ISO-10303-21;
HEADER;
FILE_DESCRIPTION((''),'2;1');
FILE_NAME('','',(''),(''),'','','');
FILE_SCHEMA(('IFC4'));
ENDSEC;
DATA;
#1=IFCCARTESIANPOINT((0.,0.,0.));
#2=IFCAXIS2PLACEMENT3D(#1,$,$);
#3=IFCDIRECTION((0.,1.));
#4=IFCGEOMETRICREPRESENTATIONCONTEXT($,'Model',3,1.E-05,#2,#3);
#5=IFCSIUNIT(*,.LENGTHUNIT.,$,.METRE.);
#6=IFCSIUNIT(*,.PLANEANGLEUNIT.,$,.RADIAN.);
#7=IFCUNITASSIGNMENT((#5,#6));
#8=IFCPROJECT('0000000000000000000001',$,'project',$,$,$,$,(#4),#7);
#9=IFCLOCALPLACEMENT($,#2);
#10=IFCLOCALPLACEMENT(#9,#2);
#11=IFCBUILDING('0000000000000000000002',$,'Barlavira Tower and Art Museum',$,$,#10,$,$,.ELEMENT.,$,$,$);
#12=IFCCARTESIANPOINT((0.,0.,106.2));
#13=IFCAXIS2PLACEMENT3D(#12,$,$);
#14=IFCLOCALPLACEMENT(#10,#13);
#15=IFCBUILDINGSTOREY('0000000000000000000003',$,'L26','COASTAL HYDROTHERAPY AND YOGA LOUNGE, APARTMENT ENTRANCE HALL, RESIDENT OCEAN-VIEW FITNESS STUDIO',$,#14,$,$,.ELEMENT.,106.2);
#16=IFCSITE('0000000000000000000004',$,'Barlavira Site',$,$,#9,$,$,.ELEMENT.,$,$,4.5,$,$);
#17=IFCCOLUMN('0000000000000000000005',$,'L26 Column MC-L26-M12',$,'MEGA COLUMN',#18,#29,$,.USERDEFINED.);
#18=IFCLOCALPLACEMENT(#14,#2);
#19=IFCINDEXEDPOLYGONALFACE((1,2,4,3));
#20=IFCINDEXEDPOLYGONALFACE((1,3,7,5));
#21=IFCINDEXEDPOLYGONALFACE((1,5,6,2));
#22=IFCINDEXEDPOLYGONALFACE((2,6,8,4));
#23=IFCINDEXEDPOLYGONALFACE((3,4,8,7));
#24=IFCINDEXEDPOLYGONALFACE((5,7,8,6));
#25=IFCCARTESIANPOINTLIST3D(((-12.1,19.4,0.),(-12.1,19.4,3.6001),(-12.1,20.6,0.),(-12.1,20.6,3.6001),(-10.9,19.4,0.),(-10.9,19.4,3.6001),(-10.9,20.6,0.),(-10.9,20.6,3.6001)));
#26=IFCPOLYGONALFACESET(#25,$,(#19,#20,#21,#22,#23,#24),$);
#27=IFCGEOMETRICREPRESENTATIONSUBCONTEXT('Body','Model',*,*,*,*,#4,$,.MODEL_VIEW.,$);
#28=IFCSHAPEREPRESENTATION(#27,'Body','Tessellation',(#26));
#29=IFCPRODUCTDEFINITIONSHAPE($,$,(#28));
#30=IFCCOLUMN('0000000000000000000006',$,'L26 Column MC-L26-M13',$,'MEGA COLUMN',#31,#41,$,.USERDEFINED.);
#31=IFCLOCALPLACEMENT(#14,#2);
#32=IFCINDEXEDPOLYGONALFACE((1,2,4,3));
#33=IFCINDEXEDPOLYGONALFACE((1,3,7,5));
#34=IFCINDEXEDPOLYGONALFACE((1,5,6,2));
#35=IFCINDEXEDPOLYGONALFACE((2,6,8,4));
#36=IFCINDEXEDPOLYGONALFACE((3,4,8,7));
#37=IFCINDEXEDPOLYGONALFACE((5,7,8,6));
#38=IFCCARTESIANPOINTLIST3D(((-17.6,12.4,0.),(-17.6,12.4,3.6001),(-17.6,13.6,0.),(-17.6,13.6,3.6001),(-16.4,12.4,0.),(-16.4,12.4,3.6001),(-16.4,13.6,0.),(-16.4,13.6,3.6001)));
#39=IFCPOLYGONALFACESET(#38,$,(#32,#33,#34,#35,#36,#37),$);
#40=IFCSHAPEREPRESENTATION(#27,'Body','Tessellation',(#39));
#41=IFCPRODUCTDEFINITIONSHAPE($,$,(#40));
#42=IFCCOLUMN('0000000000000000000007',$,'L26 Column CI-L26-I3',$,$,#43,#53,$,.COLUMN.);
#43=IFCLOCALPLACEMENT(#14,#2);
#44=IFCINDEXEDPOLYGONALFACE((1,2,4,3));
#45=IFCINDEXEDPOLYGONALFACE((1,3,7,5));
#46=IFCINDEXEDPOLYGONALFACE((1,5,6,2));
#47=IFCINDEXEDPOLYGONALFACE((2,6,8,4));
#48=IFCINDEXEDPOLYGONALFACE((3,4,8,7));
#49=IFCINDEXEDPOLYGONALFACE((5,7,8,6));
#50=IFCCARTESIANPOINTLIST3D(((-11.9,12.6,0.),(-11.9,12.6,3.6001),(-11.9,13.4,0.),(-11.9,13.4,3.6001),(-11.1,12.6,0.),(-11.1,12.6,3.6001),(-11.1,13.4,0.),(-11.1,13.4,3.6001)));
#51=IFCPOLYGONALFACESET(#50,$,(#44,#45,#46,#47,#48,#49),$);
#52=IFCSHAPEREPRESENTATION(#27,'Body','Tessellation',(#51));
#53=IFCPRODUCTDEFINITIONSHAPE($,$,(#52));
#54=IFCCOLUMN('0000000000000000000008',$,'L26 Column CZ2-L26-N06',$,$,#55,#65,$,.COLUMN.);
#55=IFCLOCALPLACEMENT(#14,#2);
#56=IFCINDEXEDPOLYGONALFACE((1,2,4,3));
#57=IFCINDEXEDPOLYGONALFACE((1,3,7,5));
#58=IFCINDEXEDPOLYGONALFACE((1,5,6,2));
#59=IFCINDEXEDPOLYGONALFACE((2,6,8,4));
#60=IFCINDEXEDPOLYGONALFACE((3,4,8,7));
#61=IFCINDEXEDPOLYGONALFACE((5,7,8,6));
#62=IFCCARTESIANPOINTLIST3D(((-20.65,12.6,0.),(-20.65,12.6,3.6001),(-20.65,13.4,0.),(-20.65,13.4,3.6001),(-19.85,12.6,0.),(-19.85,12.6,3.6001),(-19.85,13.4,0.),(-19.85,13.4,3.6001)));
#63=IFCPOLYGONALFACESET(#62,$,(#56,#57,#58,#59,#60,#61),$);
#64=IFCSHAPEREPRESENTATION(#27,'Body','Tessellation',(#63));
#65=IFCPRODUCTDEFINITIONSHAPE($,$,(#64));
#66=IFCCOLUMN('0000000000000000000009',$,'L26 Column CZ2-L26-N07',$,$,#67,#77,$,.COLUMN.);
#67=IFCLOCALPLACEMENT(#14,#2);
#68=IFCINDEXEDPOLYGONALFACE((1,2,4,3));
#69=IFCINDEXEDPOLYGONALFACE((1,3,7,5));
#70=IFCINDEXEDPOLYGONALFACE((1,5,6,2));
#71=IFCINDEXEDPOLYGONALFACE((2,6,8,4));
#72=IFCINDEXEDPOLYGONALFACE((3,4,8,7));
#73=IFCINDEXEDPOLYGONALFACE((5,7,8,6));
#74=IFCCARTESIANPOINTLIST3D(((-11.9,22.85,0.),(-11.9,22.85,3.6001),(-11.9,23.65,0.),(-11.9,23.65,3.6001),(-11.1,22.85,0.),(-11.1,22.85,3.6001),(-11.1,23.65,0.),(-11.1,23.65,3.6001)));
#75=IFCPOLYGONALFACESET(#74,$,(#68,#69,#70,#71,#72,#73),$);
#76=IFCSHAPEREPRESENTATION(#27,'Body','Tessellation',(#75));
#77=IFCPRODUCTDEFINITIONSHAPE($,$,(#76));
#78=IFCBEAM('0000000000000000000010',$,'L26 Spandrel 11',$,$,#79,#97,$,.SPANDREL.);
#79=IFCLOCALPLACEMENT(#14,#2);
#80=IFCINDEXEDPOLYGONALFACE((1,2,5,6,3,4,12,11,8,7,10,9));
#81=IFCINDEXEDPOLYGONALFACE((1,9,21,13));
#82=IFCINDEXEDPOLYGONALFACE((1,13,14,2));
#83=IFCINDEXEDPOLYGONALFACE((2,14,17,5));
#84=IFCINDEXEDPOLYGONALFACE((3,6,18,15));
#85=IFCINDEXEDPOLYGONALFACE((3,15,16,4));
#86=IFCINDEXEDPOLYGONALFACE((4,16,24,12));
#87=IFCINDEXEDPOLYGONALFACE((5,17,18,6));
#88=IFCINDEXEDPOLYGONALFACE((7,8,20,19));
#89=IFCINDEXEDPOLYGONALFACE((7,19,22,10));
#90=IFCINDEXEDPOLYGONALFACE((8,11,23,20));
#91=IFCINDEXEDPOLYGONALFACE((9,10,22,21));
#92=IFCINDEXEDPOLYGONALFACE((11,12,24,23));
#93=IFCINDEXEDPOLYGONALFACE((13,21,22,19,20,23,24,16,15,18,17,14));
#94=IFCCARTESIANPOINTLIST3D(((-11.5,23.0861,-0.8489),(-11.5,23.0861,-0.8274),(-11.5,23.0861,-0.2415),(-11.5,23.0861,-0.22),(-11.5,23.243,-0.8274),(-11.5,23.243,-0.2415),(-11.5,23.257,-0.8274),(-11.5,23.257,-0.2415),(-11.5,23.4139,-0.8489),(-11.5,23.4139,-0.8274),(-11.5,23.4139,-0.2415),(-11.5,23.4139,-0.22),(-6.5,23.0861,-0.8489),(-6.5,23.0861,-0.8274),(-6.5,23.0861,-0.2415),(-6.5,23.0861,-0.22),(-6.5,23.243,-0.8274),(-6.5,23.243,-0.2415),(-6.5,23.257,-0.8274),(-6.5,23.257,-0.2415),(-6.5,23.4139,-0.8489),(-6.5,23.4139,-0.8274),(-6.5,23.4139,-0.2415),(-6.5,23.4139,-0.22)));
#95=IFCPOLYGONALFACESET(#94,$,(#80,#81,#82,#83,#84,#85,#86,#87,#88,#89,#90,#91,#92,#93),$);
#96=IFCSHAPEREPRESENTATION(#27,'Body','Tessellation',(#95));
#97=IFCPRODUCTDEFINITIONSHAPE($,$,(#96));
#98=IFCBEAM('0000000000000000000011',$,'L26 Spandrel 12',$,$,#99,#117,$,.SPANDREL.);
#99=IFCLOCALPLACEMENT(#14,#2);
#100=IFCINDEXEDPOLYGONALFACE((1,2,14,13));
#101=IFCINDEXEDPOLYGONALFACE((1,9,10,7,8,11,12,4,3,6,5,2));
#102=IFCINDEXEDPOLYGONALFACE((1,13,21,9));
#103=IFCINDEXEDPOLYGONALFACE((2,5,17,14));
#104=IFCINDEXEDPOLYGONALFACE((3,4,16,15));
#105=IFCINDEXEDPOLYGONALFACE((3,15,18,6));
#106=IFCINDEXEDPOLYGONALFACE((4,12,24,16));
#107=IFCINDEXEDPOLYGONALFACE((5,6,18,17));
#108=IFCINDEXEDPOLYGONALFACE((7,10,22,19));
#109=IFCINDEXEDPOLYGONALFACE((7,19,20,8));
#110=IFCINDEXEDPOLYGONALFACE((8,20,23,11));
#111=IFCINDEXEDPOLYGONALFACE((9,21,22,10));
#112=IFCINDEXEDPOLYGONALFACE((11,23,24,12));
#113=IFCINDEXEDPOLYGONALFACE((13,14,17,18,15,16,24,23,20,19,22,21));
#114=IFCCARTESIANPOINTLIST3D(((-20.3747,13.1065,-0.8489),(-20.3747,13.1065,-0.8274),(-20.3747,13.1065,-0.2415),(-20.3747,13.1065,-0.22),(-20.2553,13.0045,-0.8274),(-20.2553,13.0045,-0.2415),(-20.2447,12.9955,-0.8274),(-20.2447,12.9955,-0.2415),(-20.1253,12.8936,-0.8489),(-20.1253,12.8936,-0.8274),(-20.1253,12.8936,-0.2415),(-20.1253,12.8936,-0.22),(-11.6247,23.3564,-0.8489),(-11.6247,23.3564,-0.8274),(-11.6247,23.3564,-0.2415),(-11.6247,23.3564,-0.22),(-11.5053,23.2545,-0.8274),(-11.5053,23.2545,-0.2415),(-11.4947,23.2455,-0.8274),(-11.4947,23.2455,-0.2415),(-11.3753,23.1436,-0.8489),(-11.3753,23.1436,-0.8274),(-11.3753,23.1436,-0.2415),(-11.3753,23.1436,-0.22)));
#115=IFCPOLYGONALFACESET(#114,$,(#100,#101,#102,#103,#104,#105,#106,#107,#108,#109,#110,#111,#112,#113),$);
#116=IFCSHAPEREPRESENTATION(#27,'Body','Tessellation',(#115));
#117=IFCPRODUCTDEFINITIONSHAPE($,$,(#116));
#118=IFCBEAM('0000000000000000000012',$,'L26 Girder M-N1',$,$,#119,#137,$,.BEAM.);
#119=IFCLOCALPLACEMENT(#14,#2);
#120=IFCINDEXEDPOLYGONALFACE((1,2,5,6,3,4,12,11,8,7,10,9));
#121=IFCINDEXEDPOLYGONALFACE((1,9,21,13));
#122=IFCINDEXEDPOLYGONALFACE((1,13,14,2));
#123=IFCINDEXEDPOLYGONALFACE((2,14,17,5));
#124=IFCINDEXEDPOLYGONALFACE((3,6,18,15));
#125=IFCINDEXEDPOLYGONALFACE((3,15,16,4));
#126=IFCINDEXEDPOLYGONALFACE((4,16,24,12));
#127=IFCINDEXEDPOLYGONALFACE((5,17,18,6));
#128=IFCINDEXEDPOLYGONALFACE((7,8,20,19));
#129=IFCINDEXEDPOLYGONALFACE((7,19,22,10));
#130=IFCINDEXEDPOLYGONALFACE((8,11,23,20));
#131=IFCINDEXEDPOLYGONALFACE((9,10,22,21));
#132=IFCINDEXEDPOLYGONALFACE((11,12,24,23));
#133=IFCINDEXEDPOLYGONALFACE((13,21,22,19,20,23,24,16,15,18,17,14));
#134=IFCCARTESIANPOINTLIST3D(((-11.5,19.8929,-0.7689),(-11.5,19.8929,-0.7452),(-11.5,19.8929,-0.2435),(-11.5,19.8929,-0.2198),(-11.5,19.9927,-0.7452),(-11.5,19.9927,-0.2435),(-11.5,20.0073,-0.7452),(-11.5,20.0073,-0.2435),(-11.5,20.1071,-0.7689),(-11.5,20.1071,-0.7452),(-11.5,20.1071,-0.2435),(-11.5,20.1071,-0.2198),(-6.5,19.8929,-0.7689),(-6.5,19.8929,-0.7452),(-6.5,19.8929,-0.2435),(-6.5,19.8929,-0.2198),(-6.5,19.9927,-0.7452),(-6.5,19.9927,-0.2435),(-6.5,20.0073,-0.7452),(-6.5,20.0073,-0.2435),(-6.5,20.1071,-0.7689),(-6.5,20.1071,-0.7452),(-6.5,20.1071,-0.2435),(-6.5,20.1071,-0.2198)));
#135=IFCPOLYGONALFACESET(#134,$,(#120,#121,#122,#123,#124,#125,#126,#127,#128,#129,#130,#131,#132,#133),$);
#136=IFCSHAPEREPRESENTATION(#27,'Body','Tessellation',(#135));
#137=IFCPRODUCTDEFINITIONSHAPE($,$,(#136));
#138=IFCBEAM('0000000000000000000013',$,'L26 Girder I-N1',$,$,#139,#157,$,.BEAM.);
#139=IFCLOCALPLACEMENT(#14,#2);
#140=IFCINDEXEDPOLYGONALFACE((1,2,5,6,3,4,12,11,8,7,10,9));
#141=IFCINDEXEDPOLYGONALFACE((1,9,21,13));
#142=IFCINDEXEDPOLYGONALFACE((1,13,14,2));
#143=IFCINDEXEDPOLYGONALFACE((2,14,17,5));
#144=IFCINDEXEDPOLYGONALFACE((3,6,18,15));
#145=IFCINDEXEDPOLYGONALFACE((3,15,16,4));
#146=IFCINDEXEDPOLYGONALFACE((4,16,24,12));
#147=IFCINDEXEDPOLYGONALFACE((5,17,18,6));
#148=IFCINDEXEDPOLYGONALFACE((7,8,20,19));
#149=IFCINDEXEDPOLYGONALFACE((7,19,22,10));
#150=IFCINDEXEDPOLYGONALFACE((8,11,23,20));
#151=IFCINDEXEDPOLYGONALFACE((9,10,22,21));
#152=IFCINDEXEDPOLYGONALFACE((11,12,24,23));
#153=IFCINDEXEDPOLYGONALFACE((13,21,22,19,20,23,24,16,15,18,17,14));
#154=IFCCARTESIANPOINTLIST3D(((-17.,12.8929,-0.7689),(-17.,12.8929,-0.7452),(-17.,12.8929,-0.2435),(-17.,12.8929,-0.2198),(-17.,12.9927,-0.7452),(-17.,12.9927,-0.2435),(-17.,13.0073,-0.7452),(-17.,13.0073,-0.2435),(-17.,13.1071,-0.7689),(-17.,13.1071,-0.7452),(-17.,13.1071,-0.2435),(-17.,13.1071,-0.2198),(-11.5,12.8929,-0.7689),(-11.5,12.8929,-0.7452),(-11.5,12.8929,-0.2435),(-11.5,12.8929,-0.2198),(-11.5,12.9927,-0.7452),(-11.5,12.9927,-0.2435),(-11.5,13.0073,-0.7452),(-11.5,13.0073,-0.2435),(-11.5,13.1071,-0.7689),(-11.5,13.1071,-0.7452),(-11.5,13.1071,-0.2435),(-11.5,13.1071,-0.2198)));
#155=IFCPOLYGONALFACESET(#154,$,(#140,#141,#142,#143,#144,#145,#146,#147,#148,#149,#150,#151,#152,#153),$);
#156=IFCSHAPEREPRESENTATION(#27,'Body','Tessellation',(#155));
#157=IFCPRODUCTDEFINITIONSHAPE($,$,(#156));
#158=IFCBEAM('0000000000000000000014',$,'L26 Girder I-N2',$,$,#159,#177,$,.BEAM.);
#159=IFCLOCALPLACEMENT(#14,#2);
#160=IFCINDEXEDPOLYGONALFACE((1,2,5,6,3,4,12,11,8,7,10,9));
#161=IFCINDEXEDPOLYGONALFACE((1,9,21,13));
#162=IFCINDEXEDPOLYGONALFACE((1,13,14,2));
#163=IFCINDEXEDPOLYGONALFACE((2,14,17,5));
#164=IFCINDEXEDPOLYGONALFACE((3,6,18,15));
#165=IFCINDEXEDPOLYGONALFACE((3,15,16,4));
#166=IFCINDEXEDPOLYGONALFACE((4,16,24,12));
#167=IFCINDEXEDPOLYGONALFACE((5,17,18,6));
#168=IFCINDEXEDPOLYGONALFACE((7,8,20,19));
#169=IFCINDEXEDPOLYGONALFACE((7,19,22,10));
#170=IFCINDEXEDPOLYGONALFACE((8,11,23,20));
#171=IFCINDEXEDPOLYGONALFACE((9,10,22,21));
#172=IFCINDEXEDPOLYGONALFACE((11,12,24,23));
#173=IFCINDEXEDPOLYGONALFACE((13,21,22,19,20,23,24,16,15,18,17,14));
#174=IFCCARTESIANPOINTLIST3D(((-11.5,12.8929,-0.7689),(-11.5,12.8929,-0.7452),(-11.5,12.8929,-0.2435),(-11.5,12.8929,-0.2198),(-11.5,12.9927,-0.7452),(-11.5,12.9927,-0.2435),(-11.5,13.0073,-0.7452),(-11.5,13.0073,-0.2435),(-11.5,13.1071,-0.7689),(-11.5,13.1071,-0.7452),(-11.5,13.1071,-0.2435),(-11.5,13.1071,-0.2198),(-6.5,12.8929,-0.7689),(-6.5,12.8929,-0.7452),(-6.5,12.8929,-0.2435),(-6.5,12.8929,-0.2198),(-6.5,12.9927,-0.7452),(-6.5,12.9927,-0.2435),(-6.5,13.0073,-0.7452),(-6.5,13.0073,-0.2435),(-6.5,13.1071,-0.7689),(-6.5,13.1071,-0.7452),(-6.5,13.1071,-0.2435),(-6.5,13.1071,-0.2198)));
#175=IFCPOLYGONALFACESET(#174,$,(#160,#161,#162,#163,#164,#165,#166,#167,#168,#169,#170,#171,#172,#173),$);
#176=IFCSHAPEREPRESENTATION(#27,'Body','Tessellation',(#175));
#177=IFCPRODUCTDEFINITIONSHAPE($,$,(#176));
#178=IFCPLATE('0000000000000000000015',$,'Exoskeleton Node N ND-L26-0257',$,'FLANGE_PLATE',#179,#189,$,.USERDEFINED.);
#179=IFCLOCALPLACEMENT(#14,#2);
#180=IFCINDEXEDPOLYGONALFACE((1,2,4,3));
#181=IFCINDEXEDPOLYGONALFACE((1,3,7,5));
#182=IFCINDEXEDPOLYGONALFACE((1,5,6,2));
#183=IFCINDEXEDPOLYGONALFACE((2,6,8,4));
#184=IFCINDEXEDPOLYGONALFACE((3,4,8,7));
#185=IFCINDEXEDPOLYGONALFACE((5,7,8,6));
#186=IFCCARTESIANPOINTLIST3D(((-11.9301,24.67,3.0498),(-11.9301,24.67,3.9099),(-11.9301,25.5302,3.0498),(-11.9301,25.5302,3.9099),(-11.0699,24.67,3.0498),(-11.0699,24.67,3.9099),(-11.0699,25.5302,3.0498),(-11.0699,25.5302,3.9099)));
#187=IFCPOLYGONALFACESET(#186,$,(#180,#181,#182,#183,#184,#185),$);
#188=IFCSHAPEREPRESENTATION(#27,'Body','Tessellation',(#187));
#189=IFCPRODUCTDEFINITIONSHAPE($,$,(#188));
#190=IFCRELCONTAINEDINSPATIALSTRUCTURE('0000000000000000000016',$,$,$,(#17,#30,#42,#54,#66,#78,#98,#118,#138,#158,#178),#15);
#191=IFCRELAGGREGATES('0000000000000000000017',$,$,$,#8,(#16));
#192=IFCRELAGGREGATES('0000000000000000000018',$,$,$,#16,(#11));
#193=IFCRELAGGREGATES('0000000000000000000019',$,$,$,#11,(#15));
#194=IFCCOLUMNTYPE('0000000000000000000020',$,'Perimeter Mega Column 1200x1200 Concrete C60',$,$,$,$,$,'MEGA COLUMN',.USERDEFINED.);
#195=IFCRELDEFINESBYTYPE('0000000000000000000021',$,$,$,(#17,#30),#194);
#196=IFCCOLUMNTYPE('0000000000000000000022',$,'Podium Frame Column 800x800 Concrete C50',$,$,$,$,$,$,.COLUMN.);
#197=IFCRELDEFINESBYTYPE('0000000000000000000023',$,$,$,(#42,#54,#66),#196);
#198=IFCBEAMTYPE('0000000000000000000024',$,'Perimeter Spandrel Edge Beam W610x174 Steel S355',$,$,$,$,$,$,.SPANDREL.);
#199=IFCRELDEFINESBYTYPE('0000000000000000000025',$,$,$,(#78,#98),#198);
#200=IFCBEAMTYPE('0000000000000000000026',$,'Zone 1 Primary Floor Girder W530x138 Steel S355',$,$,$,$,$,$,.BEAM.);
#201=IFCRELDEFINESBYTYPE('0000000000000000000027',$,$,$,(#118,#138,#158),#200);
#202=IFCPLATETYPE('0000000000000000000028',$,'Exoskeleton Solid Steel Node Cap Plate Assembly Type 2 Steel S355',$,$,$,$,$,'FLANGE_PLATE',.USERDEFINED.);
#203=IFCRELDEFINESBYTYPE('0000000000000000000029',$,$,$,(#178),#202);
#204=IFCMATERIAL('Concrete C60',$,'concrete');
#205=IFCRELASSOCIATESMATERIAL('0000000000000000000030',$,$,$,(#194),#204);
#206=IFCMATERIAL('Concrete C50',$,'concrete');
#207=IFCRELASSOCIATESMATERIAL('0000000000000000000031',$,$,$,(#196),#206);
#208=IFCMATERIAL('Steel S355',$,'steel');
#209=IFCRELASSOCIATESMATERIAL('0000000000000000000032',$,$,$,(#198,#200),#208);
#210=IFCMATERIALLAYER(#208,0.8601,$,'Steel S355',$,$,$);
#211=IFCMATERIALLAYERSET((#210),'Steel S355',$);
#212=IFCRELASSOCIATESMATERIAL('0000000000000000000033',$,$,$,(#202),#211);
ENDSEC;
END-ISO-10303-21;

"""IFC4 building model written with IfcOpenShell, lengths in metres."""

from ifc_helpers import new_model, si_unit, direction, frame, origin, origin_2d, place, context, subcontext, project, spatial, rectangle, i_section, extrude, material, layer, layer_set, material_profile, profile_set, type_object, element, save


model = new_model("IFC4")

# Units and contexts
model_context = context("Model", 3, precision=1e-05, world=origin(), true_north=direction((0.0, 1.0)))
body_context = subcontext(model_context, "Body", "Model", "MODEL_VIEW")
ifc_project = project(units=[si_unit("LENGTHUNIT", "METRE"), si_unit("PLANEANGLEUNIT", "RADIAN")], contexts=[model_context])

# Site, building, storey
site_placement = place(None, origin())
site = spatial("IfcSite", under=ifc_project, at=site_placement, Name="Barlavira Site", CompositionType="ELEMENT", RefElevation=4.5)
building_placement = place(site_placement, origin())
building = spatial("IfcBuilding", under=site, at=building_placement, Name="Barlavira Tower and Art Museum", CompositionType="ELEMENT")
storey_placement = place(building_placement, frame((0.0, 0.0, 106.2)))
storey = spatial("IfcBuildingStorey", under=building, at=storey_placement, Name="L26", Description="COASTAL HYDROTHERAPY AND YOGA LOUNGE, APARTMENT ENTRANCE HALL, RESIDENT OCEAN-VIEW FITNESS STUDIO", CompositionType="ELEMENT", Elevation=106.2)

# Columns
ifc_material_1 = material(Name="Concrete C60", Category="concrete")
ifc_material_profile_1 = material_profile(ifc_material_1, rectangle(XDim=1.2, YDim=1.2, at=origin_2d()), Name="RC-COL 1200x1200")
ifc_profile_set_1 = profile_set([ifc_material_profile_1], Name="Concrete C60")
column_type_1 = type_object("IfcColumnType", Name="Perimeter Mega Column 1200x1200 Concrete C60", ElementType="MEGA COLUMN", PredefinedType="USERDEFINED", material=ifc_profile_set_1)
for number, where, z_axis, x_axis, name in (
    (1, (-11.5, 20.0, 0.0), (0.0, 0.0, 1.0), (1.0, 0.0, 0.0), "L26 Column MC-L26-M12"),
    (2, (-17.0, 13.0, 0.0), (0.0, 0.0, 1.0), (1.0, 0.0, 0.0), "L26 Column MC-L26-M13"),
):
    element("IfcColumn", number, at=place(storey_placement, frame(where, z_axis=z_axis, x_axis=x_axis)), inside=storey, type_object=column_type_1, Name=name, ObjectType="MEGA COLUMN", PredefinedType="USERDEFINED", context=body_context, shape_type="SweptSolid", body=[
        extrude(rectangle(XDim=1.2, YDim=1.2, at=origin_2d()), origin(), (0.0, 0.0, 1.0), 3.6001),
    ])
ifc_material_2 = material(Name="Concrete C50", Category="concrete")
ifc_material_profile_2 = material_profile(ifc_material_2, rectangle(XDim=0.8, YDim=0.8, at=origin_2d()), Name="RC-COL 800x800")
ifc_profile_set_2 = profile_set([ifc_material_profile_2], Name="Concrete C50")
column_type_2 = type_object("IfcColumnType", Name="Podium Frame Column 800x800 Concrete C50", PredefinedType="COLUMN", material=ifc_profile_set_2)
for number, where, z_axis, x_axis, name in (
    (3, (-11.5, 13.0, 0.0), (0.0, 0.0, 1.0), (1.0, 0.0, 0.0), "L26 Column CI-L26-I3"),
    (4, (-20.25, 13.0, 0.0), (0.0, 0.0, 1.0), (1.0, 0.0, 0.0), "L26 Column CZ2-L26-N06"),
    (5, (-11.5, 23.25, 0.0), (0.0, 0.0, 1.0), (1.0, 0.0, 0.0), "L26 Column CZ2-L26-N07"),
):
    element("IfcColumn", number, at=place(storey_placement, frame(where, z_axis=z_axis, x_axis=x_axis)), inside=storey, type_object=column_type_2, Name=name, PredefinedType="COLUMN", context=body_context, shape_type="SweptSolid", body=[
        extrude(rectangle(XDim=0.8, YDim=0.8, at=origin_2d()), origin(), (0.0, 0.0, 1.0), 3.6001),
    ])

# Beams
ifc_material_3 = material(Name="Steel S355", Category="steel")
ifc_material_profile_3 = material_profile(ifc_material_3, i_section(OverallWidth=0.3279, OverallDepth=0.6289, WebThickness=0.0139, FlangeThickness=0.0215, at=origin_2d()), Name="W610x174.0")
ifc_profile_set_3 = profile_set([ifc_material_profile_3], Name="Steel S355")
beam_type_1 = type_object("IfcBeamType", Name="Perimeter Spandrel Edge Beam W610x174 Steel S355", PredefinedType="SPANDREL", material=ifc_profile_set_3)
beam_1_placement = place(storey_placement, frame((-11.5, 23.25, -0.5344), z_axis=(1.0, 0.0, 0.0), x_axis=(0.0, 1.0, 0.0)))
element("IfcBeam", 6, at=beam_1_placement, inside=storey, type_object=beam_type_1, Name="L26 Spandrel 11", PredefinedType="SPANDREL", context=body_context, shape_type="SweptSolid", body=[
    extrude(i_section(OverallWidth=0.3279, OverallDepth=0.6289, WebThickness=0.0139, FlangeThickness=0.0215, at=origin_2d()), origin(), (0.0, 0.0, 1.0), 5.0),
])
beam_2_placement = place(storey_placement, frame((-11.5, 23.25, -0.5344), z_axis=(-0.649262, -0.760565, 0.0), x_axis=(0.760565, -0.649262, 0.0)))
element("IfcBeam", 7, at=beam_2_placement, inside=storey, type_object=beam_type_1, Name="L26 Spandrel 12", PredefinedType="SPANDREL", context=body_context, shape_type="SweptSolid", body=[
    extrude(i_section(OverallWidth=0.3279, OverallDepth=0.6289, WebThickness=0.0139, FlangeThickness=0.0215, at=origin_2d()), origin(), (0.0, 0.0, 1.0), 13.4768),
])
ifc_material_profile_4 = material_profile(ifc_material_3, i_section(OverallWidth=0.2141, OverallDepth=0.5491, WebThickness=0.0146, FlangeThickness=0.0237, at=origin_2d()), Name="W530x138.0")
ifc_profile_set_4 = profile_set([ifc_material_profile_4], Name="Steel S355")
beam_type_2 = type_object("IfcBeamType", Name="Zone 1 Primary Floor Girder W530x138 Steel S355", PredefinedType="BEAM", material=ifc_profile_set_4)
beam_3_placement = place(storey_placement, frame((-11.5, 20.0, -0.4944), z_axis=(1.0, 0.0, 0.0), x_axis=(0.0, 1.0, 0.0)))
element("IfcBeam", 8, at=beam_3_placement, inside=storey, type_object=beam_type_2, Name="L26 Girder M-N1", PredefinedType="BEAM", context=body_context, shape_type="SweptSolid", body=[
    extrude(i_section(OverallWidth=0.2141, OverallDepth=0.5491, WebThickness=0.0146, FlangeThickness=0.0237, at=origin_2d()), origin(), (0.0, 0.0, 1.0), 5.0),
])
beam_4_placement = place(storey_placement, frame((-17.0, 13.0, -0.4944), z_axis=(1.0, 0.0, 0.0), x_axis=(0.0, 1.0, 0.0)))
element("IfcBeam", 9, at=beam_4_placement, inside=storey, type_object=beam_type_2, Name="L26 Girder I-N1", PredefinedType="BEAM", context=body_context, shape_type="SweptSolid", body=[
    extrude(i_section(OverallWidth=0.2141, OverallDepth=0.5491, WebThickness=0.0146, FlangeThickness=0.0237, at=origin_2d()), origin(), (0.0, 0.0, 1.0), 5.5),
])
beam_5_placement = place(storey_placement, frame((-11.5, 13.0, -0.4944), z_axis=(1.0, 0.0, 0.0), x_axis=(0.0, 1.0, 0.0)))
element("IfcBeam", 10, at=beam_5_placement, inside=storey, type_object=beam_type_2, Name="L26 Girder I-N2", PredefinedType="BEAM", context=body_context, shape_type="SweptSolid", body=[
    extrude(i_section(OverallWidth=0.2141, OverallDepth=0.5491, WebThickness=0.0146, FlangeThickness=0.0237, at=origin_2d()), origin(), (0.0, 0.0, 1.0), 5.0),
])

# Plate
ifc_layer_1 = layer(ifc_material_3, 0.8601, Name="Steel S355")
ifc_layer_set_1 = layer_set([ifc_layer_1], Name="Steel S355")
plate_type = type_object("IfcPlateType", Name="Exoskeleton Solid Steel Node Cap Plate Assembly Type 2 Steel S355", ElementType="FLANGE_PLATE", PredefinedType="USERDEFINED", material=ifc_layer_set_1)
for number, where, z_axis, x_axis, name in (
    (11, (-11.5, 25.1001, 3.0498), (0.0, 0.0, 1.0), (1.0, 0.0, 0.0), "Exoskeleton Node N ND-L26-0257"),
):
    element("IfcPlate", number, at=place(storey_placement, frame(where, z_axis=z_axis, x_axis=x_axis)), inside=storey, type_object=plate_type, Name=name, ObjectType="FLANGE_PLATE", PredefinedType="USERDEFINED", context=body_context, shape_type="SweptSolid", body=[
        extrude(rectangle(XDim=0.8601, YDim=0.8601, at=origin_2d()), origin(), (0.0, 0.0, 1.0), 0.8601),
    ])

save(model, "model.ifc")
